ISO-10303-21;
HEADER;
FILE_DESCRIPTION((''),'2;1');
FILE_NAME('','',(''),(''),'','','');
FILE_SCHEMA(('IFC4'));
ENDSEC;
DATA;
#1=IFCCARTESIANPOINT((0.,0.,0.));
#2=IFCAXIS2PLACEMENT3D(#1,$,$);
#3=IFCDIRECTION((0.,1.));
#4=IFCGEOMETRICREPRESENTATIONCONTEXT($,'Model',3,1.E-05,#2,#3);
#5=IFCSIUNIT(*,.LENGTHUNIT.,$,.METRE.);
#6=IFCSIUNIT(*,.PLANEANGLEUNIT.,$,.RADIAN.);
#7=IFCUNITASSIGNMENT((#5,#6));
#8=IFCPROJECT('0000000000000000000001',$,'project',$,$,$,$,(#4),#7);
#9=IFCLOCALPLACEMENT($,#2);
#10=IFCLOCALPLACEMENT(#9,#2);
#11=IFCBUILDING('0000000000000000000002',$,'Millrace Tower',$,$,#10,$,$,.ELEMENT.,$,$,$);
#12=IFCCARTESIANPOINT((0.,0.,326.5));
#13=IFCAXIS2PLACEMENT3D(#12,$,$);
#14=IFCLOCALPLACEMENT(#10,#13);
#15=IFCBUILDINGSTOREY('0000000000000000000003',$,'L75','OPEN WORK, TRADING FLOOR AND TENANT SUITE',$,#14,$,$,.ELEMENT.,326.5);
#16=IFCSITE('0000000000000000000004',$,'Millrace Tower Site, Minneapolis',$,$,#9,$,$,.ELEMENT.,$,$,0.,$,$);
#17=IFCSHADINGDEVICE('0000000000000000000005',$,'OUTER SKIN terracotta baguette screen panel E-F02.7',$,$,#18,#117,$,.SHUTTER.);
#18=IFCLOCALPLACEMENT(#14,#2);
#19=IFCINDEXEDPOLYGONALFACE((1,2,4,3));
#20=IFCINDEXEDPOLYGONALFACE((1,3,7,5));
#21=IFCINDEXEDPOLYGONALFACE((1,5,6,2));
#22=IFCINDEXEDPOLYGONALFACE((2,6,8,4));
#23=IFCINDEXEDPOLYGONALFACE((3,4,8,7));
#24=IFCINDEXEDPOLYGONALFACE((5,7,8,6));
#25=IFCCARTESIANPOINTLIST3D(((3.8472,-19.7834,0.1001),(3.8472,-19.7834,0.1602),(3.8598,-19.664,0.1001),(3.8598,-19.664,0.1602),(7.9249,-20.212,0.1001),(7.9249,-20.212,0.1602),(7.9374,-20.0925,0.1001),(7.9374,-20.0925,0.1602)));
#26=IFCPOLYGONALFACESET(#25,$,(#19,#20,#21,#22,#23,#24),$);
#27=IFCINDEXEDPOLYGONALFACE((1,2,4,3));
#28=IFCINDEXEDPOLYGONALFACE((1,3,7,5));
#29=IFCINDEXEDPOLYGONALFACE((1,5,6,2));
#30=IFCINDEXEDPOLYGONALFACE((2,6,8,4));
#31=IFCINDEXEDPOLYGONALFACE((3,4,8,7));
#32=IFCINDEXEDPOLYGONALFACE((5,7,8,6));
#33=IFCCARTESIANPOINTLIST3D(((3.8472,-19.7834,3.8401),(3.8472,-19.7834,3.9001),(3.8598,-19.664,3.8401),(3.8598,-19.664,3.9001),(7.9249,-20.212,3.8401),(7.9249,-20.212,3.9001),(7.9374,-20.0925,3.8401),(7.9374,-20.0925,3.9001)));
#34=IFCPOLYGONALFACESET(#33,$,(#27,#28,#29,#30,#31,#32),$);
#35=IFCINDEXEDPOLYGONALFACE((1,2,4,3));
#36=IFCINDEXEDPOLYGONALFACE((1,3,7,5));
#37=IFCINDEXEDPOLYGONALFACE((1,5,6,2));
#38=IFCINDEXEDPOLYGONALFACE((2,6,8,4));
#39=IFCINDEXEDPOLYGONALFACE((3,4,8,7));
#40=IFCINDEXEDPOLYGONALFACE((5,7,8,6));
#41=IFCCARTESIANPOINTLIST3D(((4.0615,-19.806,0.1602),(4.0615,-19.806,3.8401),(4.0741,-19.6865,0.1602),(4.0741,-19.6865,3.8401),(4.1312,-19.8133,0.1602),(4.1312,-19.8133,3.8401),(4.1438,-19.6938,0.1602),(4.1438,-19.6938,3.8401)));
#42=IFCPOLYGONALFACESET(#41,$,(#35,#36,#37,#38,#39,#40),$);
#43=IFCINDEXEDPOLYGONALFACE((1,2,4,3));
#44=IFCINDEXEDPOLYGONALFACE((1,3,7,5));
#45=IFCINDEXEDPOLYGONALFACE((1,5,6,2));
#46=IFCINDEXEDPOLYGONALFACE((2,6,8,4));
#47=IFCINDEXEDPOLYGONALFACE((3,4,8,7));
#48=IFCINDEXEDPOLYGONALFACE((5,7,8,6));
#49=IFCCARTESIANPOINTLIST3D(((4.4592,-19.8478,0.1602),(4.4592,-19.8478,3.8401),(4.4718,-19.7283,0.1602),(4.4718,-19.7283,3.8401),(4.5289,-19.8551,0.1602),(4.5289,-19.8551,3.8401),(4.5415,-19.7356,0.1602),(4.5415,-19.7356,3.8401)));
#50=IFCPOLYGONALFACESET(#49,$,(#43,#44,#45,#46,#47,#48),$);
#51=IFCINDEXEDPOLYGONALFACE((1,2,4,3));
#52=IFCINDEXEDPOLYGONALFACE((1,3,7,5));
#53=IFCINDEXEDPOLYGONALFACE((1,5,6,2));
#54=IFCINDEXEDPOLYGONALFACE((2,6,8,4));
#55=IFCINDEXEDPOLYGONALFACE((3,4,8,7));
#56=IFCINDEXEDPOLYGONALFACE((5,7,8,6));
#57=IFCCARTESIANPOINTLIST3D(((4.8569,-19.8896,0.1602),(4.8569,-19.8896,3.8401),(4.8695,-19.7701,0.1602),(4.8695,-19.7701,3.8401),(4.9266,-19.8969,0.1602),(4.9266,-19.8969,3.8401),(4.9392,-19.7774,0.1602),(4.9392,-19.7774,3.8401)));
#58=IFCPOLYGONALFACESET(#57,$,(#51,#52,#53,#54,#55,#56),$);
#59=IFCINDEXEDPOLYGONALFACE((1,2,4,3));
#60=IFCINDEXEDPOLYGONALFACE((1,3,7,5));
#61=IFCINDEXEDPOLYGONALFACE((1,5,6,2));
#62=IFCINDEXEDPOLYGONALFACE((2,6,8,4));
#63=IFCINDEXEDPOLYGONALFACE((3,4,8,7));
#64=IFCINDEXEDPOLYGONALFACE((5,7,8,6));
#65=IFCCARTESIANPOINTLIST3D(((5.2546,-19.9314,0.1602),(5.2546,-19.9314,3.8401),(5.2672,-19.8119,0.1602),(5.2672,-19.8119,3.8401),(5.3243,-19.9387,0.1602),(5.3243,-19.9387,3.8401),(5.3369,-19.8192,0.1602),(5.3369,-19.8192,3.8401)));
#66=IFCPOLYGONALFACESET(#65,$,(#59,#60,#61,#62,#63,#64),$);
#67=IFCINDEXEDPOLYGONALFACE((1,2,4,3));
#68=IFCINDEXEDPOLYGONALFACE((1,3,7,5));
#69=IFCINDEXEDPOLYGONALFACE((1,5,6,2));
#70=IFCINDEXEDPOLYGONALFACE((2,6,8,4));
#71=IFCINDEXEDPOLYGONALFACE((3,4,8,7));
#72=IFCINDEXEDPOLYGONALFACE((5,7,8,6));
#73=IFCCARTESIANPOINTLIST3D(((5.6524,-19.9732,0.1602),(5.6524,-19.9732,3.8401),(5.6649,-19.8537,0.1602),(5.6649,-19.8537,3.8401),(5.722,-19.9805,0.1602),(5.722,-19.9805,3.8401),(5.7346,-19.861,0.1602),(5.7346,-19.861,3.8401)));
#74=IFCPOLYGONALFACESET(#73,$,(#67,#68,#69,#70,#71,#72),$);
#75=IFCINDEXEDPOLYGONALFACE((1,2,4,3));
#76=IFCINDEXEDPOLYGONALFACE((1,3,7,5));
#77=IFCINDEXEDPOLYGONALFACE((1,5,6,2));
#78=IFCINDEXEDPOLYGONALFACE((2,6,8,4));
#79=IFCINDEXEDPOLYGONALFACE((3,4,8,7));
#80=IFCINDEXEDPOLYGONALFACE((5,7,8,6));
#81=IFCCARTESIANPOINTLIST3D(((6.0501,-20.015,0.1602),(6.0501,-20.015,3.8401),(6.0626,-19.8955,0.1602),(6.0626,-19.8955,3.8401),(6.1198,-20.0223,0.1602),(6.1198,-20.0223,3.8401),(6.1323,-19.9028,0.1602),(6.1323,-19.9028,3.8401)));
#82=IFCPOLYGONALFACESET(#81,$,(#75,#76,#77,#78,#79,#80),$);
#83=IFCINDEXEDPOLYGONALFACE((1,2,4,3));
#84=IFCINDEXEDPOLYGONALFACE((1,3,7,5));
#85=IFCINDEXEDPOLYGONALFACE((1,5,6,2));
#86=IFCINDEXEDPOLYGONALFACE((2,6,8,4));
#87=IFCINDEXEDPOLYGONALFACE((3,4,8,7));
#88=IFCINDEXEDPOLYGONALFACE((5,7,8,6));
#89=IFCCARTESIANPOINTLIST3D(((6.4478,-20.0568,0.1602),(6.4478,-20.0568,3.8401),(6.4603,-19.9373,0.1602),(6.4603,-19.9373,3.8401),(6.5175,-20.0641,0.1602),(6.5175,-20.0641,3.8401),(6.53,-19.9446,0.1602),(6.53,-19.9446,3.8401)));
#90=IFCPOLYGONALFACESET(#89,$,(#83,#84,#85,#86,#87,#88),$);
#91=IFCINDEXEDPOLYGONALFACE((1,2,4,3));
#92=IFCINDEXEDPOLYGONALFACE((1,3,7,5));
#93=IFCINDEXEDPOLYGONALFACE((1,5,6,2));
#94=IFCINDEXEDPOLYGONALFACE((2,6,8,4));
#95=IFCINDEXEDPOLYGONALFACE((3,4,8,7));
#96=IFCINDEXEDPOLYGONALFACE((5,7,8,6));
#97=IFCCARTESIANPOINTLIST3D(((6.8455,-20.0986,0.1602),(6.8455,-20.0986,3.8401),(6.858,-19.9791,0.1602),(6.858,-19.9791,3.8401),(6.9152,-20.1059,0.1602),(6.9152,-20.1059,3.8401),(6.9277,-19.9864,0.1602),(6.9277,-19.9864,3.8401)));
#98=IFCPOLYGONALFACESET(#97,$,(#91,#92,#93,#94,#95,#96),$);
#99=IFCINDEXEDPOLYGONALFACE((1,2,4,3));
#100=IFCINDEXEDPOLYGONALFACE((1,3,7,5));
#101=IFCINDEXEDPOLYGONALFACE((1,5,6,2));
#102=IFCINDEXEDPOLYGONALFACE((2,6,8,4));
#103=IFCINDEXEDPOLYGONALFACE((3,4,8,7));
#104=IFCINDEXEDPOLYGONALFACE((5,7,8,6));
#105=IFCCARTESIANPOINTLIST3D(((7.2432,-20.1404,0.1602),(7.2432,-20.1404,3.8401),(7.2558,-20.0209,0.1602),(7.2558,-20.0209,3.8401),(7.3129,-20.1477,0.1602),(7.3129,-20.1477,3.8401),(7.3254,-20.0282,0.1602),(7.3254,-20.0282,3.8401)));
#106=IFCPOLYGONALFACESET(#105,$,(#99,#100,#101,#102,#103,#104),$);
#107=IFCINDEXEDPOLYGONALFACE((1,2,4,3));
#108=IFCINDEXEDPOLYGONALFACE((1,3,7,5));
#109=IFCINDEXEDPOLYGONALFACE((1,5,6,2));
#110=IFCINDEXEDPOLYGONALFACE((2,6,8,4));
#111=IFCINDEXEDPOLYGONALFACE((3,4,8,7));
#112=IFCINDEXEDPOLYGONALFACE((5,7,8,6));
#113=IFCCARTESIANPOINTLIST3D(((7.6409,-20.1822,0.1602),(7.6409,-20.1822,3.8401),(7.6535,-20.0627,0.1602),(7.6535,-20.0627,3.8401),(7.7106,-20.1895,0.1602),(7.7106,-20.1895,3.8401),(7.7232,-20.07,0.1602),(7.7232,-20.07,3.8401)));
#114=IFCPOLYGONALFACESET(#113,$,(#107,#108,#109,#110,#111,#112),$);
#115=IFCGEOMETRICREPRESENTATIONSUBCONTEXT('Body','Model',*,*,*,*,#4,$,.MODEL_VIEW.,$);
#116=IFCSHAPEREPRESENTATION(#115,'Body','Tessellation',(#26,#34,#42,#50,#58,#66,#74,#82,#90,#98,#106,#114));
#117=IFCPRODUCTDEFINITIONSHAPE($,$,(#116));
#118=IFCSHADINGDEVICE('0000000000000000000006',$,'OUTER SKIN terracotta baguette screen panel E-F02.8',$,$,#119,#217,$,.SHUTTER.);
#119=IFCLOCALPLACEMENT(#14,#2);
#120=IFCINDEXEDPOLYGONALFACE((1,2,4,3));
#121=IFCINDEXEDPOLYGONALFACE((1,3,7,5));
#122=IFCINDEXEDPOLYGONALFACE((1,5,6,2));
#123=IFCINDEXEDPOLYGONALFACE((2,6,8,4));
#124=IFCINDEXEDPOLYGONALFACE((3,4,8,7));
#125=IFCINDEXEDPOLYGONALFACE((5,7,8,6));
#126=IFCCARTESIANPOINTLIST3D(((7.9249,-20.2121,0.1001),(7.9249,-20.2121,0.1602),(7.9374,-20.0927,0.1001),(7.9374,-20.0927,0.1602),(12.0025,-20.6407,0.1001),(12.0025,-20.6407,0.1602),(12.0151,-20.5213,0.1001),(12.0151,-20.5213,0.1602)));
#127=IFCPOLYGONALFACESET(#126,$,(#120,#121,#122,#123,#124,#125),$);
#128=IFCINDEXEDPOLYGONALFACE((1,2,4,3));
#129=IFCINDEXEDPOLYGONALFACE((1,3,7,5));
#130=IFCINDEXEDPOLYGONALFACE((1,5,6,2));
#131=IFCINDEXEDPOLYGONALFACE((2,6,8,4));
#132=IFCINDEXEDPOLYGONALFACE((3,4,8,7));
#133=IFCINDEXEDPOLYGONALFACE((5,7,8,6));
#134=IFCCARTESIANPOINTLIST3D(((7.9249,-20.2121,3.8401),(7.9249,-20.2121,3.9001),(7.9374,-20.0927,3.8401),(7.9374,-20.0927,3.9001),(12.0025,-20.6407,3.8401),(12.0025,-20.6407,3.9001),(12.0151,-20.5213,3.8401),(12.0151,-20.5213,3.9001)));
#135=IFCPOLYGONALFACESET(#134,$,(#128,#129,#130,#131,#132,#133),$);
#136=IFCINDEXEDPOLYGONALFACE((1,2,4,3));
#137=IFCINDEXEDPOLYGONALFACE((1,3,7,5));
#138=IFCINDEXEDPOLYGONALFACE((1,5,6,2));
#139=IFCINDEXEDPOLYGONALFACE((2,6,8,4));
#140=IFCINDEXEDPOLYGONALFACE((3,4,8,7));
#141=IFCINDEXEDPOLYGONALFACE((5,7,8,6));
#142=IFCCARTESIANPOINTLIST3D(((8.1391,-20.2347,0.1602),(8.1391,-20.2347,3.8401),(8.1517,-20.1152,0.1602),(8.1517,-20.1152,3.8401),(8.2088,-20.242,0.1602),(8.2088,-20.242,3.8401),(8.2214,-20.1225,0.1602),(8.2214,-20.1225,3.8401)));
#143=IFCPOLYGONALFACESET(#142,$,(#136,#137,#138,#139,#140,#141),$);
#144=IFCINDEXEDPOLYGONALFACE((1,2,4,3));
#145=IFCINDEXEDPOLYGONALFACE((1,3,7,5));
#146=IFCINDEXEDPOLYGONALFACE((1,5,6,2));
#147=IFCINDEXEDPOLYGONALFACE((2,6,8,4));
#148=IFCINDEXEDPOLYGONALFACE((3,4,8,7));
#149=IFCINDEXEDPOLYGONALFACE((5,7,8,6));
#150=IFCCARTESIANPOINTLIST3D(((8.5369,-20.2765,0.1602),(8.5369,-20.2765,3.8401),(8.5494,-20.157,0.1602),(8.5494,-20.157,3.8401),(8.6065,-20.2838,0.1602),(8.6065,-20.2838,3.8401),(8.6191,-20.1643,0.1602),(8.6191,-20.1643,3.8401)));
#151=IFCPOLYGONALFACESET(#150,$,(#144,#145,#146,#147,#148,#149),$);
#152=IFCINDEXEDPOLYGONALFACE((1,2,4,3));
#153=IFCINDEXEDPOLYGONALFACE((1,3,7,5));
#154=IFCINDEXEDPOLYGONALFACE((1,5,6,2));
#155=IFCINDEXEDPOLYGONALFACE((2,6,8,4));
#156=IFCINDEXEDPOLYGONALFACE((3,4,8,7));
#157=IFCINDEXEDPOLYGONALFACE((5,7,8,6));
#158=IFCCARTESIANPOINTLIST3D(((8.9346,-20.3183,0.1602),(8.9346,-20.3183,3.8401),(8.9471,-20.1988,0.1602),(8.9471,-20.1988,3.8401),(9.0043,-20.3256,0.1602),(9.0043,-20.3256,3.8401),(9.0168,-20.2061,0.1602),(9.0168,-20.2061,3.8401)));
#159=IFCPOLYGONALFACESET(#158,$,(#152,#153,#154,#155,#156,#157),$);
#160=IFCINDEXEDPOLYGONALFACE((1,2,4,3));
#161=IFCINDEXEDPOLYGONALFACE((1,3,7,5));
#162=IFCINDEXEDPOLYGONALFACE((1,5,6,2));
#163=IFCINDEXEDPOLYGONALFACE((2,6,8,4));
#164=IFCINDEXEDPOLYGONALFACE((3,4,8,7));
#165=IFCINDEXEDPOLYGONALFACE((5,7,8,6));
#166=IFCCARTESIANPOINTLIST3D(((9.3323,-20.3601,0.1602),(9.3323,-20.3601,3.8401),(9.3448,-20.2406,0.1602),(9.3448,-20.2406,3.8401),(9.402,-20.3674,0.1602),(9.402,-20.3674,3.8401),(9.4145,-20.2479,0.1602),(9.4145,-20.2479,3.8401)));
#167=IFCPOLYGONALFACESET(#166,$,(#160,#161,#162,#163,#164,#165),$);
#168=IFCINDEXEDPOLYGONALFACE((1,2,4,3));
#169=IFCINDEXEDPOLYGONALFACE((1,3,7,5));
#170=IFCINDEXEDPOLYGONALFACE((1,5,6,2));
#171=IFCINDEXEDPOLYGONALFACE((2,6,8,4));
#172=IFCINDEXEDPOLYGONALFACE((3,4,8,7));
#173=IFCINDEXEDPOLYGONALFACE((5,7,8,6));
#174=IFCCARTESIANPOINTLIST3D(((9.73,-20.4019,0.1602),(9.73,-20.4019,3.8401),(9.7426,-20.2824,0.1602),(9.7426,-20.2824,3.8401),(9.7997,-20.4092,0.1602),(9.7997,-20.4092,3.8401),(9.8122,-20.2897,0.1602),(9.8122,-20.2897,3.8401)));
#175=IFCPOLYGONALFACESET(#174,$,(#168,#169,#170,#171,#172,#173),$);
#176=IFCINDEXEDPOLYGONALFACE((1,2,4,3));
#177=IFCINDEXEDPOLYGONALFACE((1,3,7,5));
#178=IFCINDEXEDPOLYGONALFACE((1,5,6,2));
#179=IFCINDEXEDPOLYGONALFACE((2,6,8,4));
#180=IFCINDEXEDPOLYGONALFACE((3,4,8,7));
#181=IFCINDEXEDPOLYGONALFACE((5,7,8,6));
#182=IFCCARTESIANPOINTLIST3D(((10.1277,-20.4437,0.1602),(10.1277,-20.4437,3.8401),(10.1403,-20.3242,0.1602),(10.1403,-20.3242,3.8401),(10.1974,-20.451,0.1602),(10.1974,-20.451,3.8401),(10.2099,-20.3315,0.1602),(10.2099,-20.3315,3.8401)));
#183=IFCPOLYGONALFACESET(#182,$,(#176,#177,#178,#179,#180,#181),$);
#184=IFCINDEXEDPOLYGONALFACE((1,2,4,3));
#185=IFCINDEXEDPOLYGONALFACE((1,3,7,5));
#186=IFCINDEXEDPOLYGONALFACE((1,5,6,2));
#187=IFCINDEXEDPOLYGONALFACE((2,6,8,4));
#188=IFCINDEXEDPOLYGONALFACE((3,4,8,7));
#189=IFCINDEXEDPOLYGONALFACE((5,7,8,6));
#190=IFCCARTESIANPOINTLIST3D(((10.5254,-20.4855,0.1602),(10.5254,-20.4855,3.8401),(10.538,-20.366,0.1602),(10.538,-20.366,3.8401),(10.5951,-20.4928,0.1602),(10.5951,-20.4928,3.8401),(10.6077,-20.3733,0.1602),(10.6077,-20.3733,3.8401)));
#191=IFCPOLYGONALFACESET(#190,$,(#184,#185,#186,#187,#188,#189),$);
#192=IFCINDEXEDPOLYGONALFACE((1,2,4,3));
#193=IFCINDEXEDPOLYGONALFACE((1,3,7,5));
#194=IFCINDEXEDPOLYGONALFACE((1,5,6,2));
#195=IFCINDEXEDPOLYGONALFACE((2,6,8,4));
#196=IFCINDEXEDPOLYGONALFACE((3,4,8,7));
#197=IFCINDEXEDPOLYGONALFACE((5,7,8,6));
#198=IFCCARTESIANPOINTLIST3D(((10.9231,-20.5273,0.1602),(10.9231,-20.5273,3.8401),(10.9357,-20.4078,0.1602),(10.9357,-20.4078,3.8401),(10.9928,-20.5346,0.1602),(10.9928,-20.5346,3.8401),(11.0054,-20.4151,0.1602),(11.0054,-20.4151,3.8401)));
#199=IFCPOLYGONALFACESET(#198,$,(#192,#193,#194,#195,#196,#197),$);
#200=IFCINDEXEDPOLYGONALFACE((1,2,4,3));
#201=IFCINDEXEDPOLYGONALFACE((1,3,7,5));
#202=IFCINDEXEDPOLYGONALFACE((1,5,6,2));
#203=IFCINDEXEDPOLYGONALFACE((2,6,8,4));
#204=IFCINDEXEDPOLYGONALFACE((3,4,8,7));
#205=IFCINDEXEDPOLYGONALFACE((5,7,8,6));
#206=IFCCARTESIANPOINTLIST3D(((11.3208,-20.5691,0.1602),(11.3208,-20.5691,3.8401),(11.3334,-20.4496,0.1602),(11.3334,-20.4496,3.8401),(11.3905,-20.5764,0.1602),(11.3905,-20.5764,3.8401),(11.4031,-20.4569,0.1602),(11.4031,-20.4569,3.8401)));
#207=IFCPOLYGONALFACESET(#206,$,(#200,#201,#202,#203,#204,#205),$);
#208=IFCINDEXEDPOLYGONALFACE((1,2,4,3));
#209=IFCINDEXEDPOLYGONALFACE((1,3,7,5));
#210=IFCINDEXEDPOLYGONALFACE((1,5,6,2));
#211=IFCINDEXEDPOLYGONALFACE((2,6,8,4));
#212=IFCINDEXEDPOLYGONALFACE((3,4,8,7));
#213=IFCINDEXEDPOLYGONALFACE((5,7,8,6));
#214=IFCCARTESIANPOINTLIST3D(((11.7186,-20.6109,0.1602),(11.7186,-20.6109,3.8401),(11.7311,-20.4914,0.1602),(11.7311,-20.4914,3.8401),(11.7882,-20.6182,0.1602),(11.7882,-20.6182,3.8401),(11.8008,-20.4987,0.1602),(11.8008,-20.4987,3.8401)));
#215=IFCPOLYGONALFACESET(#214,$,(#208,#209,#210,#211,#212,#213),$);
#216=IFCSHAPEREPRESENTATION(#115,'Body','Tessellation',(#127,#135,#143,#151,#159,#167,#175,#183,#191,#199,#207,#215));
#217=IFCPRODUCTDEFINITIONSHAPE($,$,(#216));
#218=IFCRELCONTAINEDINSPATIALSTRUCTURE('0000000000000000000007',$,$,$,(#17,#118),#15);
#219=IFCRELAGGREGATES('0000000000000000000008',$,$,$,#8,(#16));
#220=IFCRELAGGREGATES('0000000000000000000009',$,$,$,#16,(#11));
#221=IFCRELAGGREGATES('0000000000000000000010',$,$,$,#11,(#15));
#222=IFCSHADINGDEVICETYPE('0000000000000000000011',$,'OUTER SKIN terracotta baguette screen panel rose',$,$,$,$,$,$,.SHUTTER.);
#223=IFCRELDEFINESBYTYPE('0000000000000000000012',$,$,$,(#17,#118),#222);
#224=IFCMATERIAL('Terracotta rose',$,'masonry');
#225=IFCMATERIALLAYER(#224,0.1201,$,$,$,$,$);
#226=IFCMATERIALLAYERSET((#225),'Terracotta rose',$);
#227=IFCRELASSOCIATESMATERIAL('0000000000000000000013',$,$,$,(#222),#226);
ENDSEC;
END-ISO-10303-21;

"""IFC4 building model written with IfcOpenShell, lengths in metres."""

from ifc_helpers import new_model, entity, si_unit, direction, frame, frame_2d, origin, place, context, subcontext, project, spatial, rectangle, extrude, source, transform, mapped, material, layer, layer_set, type_object, element, save


model = new_model("IFC4")

# Units and contexts
model_context = context("Model", 3, precision=1e-05, world=origin(), true_north=direction((0.0, 1.0)))
body_context = subcontext(model_context, "Body", "Model", "MODEL_VIEW")
ifc_project = project(units=[si_unit("LENGTHUNIT", "METRE"), si_unit("PLANEANGLEUNIT", "RADIAN")], contexts=[model_context])

# Site, building, storey
site_placement = place(None, origin())
site = spatial("IfcSite", under=ifc_project, at=site_placement, Name="Millrace Tower Site, Minneapolis", CompositionType="ELEMENT", RefElevation=0.0)
building_placement = place(site_placement, origin())
building = spatial("IfcBuilding", under=site, at=building_placement, Name="Millrace Tower", CompositionType="ELEMENT")
storey_placement = place(building_placement, frame((0.0, 0.0, 326.5)))
storey = spatial("IfcBuildingStorey", under=building, at=storey_placement, Name="L75", Description="OPEN WORK, TRADING FLOOR AND TENANT SUITE", CompositionType="ELEMENT", Elevation=326.5)

# Shading devices
ifc_material_1 = material(Name="Terracotta rose", Category="masonry")
ifc_layer_1 = layer(ifc_material_1, 0.1201)
ifc_layer_set_1 = layer_set([ifc_layer_1], Name="Terracotta rose")
shading_device_type = type_object("IfcShadingDeviceType", Name="OUTER SKIN terracotta baguette screen panel rose", PredefinedType="SHUTTER", material=ifc_layer_set_1)
cartesian_point = entity("IfcCartesianPoint", [-2.05, 0.0601])
shared_polyline = entity("IfcPolyline", [cartesian_point, entity("IfcCartesianPoint", [2.05, 0.0601]), entity("IfcCartesianPoint", [2.05, -0.0601]), entity("IfcCartesianPoint", [-2.05, -0.0601]), cartesian_point])
shared_shape = source(origin(), body_context, "Body", "SweptSolid", [
    entity("IfcExtrudedAreaSolid", entity("IfcArbitraryClosedProfileDef", "AREA", None, shared_polyline), entity("IfcAxis2Placement3D", entity("IfcCartesianPoint", [0.0, 0.0, 0.0])), entity("IfcDirection", [0.0, 0.0, 1.0]), 0.0601),
    entity("IfcExtrudedAreaSolid", entity("IfcArbitraryClosedProfileDef", "AREA", None, shared_polyline), entity("IfcAxis2Placement3D", entity("IfcCartesianPoint", [0.0, 0.0, 3.74])), entity("IfcDirection", [0.0, 0.0, 1.0]), 0.0601),
    extrude(rectangle(XDim=0.0701, YDim=0.1201, at=frame_2d((-1.7996, 0.0))), frame((0.0, 0.0, 0.0601)), (0.0, 0.0, 1.0), 3.6799),
    extrude(rectangle(XDim=0.0701, YDim=0.1201, at=frame_2d((-1.3997, 0.0))), frame((0.0, 0.0, 0.0601)), (0.0, 0.0, 1.0), 3.6799),
    extrude(rectangle(XDim=0.0701, YDim=0.1201, at=frame_2d((-0.9998, 0.0))), frame((0.0, 0.0, 0.0601)), (0.0, 0.0, 1.0), 3.6799),
    extrude(rectangle(XDim=0.0701, YDim=0.1201, at=frame_2d((-0.5999, 0.0))), frame((0.0, 0.0, 0.0601)), (0.0, 0.0, 1.0), 3.6799),
    extrude(rectangle(XDim=0.0701, YDim=0.1201, at=frame_2d((-0.2, 0.0))), frame((0.0, 0.0, 0.0601)), (0.0, 0.0, 1.0), 3.6799),
    extrude(rectangle(XDim=0.0701, YDim=0.1201, at=frame_2d((0.2, 0.0))), frame((0.0, 0.0, 0.0601)), (0.0, 0.0, 1.0), 3.6799),
    extrude(rectangle(XDim=0.0701, YDim=0.1201, at=frame_2d((0.5999, 0.0))), frame((0.0, 0.0, 0.0601)), (0.0, 0.0, 1.0), 3.6799),
    extrude(rectangle(XDim=0.0701, YDim=0.1201, at=frame_2d((0.9998, 0.0))), frame((0.0, 0.0, 0.0601)), (0.0, 0.0, 1.0), 3.6799),
    extrude(rectangle(XDim=0.0701, YDim=0.1201, at=frame_2d((1.3997, 0.0))), frame((0.0, 0.0, 0.0601)), (0.0, 0.0, 1.0), 3.6799),
    extrude(rectangle(XDim=0.0701, YDim=0.1201, at=frame_2d((1.7996, 0.0))), frame((0.0, 0.0, 0.0601)), (0.0, 0.0, 1.0), 3.6799),
])
for number, where, z_axis, x_axis, name in (
    (1, (5.8923, -19.938, 0.1001), (0.0, 0.0, 1.0), (0.994522, -0.104528, 0.0), "OUTER SKIN terracotta baguette screen panel E-F02.7"),
    (2, (9.97, -20.3667, 0.1001), (0.0, 0.0, 1.0), (0.994522, -0.104528, 0.0), "OUTER SKIN terracotta baguette screen panel E-F02.8"),
):
    element("IfcShadingDevice", number, at=place(storey_placement, frame(where, z_axis=z_axis, x_axis=x_axis)), inside=storey, type_object=shading_device_type, Name=name, PredefinedType="SHUTTER", context=body_context, shape_type="MappedRepresentation", body=[
        mapped(shared_shape, transform((0.0, 0.0, 0.0), scale=1.0)),
    ])

save(model, "model.ifc")
